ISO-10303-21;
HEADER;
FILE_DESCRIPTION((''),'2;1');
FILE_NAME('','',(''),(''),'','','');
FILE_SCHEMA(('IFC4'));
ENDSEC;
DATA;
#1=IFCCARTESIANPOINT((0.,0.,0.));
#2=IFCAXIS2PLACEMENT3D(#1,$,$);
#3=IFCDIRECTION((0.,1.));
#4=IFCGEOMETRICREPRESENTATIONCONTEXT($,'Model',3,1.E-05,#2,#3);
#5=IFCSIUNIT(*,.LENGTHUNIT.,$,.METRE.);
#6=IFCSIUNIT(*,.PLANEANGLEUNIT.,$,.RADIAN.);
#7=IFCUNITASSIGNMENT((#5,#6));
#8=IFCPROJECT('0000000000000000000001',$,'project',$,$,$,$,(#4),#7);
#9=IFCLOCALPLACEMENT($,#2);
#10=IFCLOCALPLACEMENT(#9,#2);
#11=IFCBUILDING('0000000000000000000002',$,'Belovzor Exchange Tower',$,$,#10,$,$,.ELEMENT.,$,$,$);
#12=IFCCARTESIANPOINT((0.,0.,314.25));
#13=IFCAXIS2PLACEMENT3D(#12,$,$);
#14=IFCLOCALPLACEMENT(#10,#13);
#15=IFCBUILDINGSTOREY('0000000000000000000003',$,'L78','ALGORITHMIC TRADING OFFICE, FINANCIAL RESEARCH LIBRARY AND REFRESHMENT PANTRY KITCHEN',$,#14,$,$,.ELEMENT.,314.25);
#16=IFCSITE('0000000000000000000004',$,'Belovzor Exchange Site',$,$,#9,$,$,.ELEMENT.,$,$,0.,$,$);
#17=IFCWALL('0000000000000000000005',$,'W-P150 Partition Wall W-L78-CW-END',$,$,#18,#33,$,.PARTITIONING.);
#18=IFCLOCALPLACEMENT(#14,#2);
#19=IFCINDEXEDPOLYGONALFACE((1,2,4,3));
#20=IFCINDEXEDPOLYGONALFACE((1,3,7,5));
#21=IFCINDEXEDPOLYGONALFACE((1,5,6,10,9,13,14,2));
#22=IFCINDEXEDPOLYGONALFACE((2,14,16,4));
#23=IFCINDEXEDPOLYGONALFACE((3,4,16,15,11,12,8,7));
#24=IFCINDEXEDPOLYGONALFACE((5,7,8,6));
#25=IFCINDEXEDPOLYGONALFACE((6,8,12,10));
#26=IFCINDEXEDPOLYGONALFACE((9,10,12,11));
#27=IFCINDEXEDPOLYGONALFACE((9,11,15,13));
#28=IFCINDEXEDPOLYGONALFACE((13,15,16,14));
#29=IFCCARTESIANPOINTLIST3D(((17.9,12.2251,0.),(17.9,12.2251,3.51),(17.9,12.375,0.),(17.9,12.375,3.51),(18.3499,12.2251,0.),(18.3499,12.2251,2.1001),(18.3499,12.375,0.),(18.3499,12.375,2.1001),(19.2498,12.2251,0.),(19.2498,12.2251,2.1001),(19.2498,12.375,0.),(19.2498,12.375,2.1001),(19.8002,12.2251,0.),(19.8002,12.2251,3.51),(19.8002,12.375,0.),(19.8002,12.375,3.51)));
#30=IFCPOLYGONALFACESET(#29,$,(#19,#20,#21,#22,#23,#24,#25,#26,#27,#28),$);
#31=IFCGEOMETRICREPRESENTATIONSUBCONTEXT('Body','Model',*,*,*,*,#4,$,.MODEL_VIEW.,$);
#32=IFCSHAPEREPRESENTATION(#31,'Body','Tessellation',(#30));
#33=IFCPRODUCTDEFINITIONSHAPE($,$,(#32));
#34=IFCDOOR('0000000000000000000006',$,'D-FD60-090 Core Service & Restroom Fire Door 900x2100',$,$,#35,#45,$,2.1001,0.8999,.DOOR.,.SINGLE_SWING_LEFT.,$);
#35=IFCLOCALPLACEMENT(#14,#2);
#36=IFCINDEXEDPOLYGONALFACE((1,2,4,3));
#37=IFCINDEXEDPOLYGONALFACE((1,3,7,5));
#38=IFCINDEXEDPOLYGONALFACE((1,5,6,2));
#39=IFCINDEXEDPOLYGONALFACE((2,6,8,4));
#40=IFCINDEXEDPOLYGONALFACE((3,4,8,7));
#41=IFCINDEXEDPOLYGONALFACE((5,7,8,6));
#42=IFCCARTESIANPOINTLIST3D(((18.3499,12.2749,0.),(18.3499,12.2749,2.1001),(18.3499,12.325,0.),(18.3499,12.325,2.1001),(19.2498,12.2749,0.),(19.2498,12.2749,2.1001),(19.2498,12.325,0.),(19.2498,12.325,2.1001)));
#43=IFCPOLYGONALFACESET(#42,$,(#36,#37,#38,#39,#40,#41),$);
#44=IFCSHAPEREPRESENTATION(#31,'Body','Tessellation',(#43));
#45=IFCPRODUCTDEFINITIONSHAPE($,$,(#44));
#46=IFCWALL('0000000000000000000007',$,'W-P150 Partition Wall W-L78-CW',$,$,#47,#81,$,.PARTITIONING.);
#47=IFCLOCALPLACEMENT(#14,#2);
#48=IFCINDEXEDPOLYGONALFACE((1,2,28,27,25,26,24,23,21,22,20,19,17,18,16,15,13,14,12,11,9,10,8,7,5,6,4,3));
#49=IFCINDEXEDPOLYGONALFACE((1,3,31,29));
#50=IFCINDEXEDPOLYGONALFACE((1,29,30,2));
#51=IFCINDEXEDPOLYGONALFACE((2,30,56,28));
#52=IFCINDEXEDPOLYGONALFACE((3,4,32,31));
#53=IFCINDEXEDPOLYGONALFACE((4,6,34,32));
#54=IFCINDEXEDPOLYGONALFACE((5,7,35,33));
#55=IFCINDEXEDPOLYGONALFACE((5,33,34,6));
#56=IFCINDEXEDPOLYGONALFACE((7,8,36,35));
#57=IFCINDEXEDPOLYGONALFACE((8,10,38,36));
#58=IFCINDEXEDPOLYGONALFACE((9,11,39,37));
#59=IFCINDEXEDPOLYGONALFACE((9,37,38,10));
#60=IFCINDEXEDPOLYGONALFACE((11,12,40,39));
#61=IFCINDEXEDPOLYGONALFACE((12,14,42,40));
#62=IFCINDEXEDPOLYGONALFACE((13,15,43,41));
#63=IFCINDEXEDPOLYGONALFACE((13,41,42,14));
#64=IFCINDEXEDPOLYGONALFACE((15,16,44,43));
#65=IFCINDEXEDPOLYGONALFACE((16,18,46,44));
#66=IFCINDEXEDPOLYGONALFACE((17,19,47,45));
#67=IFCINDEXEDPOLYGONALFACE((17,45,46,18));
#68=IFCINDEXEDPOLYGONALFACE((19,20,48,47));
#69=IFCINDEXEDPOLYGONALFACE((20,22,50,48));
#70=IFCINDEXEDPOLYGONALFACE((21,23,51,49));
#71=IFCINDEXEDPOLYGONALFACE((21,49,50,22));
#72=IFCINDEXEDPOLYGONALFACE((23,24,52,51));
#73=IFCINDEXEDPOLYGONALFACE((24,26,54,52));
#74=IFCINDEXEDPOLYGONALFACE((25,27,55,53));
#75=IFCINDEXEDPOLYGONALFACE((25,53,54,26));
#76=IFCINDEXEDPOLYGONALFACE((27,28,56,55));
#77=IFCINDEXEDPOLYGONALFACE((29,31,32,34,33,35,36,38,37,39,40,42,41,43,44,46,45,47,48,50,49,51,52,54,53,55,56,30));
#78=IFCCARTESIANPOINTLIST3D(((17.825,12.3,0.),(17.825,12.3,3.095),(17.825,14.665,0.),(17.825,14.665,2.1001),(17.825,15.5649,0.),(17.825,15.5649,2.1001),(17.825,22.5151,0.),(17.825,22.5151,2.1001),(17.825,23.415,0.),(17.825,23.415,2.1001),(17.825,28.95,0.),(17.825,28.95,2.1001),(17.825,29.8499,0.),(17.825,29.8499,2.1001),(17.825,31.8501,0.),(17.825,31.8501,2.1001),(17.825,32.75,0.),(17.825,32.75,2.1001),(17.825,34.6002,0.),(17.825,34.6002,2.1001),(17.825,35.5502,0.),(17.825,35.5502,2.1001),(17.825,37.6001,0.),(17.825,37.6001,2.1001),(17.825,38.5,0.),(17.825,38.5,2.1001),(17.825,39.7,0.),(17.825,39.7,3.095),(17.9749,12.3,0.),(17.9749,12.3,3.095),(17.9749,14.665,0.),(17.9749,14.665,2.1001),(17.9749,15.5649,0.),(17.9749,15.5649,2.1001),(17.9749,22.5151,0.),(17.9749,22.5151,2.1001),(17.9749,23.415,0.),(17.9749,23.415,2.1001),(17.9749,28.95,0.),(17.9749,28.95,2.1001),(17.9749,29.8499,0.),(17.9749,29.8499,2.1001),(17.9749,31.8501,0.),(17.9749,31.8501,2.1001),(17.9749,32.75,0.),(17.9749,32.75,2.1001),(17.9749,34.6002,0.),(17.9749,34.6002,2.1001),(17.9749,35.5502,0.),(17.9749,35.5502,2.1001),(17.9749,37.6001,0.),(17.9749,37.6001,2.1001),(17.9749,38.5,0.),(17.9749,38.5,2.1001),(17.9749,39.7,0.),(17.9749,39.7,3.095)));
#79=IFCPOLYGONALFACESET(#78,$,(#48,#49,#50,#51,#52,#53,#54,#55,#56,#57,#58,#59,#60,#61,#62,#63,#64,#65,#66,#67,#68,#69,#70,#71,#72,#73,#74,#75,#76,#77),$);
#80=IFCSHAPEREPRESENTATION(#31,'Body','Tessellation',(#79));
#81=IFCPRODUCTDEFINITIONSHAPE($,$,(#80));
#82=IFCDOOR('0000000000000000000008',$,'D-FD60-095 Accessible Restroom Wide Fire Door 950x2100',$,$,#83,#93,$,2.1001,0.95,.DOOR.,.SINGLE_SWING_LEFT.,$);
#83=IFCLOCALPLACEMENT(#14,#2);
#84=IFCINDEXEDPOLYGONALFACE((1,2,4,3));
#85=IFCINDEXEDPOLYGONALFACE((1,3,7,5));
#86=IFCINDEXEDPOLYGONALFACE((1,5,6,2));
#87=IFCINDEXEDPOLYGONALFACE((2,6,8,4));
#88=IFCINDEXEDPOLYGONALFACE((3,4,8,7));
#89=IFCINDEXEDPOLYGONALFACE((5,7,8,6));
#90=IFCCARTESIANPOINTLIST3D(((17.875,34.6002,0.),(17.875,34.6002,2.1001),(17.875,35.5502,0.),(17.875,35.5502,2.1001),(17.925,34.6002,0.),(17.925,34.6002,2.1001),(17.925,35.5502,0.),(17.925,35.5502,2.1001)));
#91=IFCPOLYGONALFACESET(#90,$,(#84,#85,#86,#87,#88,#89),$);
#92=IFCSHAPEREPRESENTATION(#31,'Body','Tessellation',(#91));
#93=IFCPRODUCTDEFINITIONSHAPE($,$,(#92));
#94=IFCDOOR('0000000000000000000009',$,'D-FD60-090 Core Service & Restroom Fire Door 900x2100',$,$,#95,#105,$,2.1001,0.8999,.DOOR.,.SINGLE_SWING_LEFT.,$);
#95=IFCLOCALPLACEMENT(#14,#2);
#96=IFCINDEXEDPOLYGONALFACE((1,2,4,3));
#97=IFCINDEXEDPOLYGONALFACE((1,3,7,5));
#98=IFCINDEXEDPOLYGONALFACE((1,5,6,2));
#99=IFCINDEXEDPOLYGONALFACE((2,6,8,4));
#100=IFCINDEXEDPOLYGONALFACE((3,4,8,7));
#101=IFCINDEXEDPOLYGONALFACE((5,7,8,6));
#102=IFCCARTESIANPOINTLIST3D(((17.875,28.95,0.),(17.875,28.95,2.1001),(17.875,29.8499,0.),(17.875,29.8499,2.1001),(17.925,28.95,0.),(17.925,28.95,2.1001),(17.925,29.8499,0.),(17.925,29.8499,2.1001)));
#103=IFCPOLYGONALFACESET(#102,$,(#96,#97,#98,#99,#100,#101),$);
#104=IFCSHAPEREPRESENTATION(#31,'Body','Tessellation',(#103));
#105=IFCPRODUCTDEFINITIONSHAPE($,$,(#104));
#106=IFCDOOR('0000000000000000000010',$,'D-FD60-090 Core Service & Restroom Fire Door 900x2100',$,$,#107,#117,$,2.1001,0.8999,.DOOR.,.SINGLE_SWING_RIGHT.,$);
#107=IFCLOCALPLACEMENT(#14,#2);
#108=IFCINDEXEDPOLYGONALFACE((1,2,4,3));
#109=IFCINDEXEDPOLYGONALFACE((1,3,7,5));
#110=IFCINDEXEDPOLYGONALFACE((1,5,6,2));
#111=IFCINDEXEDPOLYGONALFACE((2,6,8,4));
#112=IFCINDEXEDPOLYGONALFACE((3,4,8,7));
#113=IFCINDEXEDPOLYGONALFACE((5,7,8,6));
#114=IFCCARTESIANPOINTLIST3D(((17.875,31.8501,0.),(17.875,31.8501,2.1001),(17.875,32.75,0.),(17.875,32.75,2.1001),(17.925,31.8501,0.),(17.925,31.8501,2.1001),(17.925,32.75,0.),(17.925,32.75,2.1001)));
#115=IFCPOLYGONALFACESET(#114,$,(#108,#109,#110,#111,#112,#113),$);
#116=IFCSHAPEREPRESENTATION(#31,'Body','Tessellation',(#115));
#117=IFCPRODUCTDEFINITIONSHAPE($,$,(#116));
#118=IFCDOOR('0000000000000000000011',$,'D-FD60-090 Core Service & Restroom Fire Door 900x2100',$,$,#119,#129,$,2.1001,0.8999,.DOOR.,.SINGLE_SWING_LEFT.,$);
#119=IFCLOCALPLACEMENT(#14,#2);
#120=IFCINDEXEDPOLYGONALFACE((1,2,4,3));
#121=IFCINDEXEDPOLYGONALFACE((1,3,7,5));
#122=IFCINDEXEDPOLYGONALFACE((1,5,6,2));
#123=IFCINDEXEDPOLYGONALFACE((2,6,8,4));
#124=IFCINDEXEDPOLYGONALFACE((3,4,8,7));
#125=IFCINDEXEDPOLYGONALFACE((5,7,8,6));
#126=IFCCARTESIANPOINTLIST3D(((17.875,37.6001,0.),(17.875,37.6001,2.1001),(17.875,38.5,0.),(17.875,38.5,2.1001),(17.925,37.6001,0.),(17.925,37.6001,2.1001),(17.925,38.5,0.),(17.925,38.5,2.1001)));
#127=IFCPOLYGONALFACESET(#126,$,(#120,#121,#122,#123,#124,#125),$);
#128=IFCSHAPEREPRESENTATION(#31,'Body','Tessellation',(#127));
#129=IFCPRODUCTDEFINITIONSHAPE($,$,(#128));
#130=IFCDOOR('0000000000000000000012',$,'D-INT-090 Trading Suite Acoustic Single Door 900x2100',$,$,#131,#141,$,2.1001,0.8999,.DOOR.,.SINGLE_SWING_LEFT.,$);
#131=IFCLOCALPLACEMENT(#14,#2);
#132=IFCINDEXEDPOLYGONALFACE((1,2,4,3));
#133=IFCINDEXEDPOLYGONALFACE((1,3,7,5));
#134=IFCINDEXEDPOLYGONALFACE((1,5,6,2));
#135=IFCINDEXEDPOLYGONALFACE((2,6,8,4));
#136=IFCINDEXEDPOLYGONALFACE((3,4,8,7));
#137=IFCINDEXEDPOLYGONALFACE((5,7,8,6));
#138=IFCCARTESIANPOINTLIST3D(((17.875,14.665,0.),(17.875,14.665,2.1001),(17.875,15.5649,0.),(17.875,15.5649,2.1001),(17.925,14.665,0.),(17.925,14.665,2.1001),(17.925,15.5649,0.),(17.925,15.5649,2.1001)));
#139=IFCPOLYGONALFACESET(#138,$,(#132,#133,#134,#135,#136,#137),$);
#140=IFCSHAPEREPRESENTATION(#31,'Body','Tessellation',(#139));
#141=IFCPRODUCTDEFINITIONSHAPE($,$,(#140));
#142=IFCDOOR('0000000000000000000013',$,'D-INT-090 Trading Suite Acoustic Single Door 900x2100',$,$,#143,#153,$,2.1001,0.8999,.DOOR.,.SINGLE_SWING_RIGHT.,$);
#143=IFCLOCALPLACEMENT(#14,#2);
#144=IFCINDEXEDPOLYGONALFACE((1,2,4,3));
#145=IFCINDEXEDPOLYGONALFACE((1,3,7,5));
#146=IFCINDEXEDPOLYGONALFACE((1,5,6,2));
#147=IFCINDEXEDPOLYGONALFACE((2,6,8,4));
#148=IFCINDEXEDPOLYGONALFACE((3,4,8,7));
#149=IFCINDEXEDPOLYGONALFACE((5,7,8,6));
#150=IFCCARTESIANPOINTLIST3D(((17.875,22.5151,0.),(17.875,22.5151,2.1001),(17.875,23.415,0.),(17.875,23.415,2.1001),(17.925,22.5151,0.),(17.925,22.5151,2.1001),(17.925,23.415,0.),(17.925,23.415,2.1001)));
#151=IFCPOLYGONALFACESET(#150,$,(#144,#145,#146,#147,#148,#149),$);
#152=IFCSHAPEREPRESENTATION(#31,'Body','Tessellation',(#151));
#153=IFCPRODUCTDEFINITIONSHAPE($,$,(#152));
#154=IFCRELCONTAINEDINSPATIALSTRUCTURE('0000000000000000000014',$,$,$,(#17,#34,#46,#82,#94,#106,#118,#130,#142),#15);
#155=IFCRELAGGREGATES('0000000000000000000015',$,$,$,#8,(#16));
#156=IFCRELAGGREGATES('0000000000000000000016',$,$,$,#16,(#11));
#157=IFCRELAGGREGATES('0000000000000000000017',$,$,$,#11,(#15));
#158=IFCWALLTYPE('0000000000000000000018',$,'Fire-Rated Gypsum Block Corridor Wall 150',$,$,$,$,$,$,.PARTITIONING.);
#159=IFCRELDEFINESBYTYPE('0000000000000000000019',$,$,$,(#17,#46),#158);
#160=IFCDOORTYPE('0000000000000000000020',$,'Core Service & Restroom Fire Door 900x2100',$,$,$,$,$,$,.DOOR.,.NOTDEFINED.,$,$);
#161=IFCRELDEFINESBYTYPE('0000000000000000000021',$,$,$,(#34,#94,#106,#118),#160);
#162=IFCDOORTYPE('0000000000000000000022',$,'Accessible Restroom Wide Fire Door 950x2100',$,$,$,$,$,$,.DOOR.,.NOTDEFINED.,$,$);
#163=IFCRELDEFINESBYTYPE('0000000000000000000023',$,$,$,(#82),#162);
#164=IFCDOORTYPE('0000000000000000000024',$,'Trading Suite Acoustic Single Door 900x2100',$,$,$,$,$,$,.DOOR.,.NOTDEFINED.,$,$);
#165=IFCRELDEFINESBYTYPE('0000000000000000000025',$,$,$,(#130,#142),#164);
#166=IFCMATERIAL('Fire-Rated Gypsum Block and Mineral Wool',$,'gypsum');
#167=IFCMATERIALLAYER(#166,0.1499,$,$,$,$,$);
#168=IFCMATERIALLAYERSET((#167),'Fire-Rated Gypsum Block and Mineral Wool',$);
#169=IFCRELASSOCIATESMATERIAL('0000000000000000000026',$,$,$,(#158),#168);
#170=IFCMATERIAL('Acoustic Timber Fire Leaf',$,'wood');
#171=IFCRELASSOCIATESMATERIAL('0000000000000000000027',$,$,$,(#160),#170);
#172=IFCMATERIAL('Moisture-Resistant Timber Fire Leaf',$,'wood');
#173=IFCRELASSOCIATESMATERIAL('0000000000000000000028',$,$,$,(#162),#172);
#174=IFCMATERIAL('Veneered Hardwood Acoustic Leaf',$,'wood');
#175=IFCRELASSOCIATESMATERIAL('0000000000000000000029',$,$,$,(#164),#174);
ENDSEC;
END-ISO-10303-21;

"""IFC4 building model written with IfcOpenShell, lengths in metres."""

from ifc_helpers import new_model, si_unit, direction, frame, frame_2d, origin, place, context, subcontext, project, spatial, rectangle, extrude, material, layer, layer_set, type_object, element, fill, save


model = new_model("IFC4")

# Units and contexts
model_context = context("Model", 3, precision=1e-05, world=origin(), true_north=direction((0.0, 1.0)))
body_context = subcontext(model_context, "Body", "Model", "MODEL_VIEW")
ifc_project = project(units=[si_unit("LENGTHUNIT", "METRE"), si_unit("PLANEANGLEUNIT", "RADIAN")], contexts=[model_context])

# Site, building, storey
site_placement = place(None, origin())
site = spatial("IfcSite", under=ifc_project, at=site_placement, Name="Belovzor Exchange Site", CompositionType="ELEMENT", RefElevation=0.0)
building_placement = place(site_placement, origin())
building = spatial("IfcBuilding", under=site, at=building_placement, Name="Belovzor Exchange Tower", CompositionType="ELEMENT")
storey_placement = place(building_placement, frame((0.0, 0.0, 314.25)))
storey = spatial("IfcBuildingStorey", under=building, at=storey_placement, Name="L78", Description="ALGORITHMIC TRADING OFFICE, FINANCIAL RESEARCH LIBRARY AND REFRESHMENT PANTRY KITCHEN", CompositionType="ELEMENT", Elevation=314.25)

# Wall, opening, door
ifc_material_1 = material(Name="Fire-Rated Gypsum Block and Mineral Wool", Category="gypsum")
ifc_layer_1 = layer(ifc_material_1, 0.1499)
ifc_layer_set_1 = layer_set([ifc_layer_1], Name="Fire-Rated Gypsum Block and Mineral Wool")
wall_type_1 = type_object("IfcWallType", Name="Fire-Rated Gypsum Block Corridor Wall 150", PredefinedType="PARTITIONING", material=ifc_layer_set_1)
wall_1_placement = place(storey_placement, frame((17.8999, 12.3, 0.0), z_axis=(0.0, 0.0, 1.0), x_axis=(1.0, 0.0, 0.0)))
wall_1 = element("IfcWall", 1, at=wall_1_placement, inside=storey, type_object=wall_type_1, Name="W-P150 Partition Wall W-L78-CW-END", PredefinedType="PARTITIONING", context=body_context, shape_type="SweptSolid", body=[
    extrude(rectangle(XDim=1.9001, YDim=0.1499, at=frame_2d((0.9502, 0.0))), origin(), (0.0, 0.0, 1.0), 3.51),
])
opening_1_placement = place(wall_1_placement, frame((0.45, 0.0, 0.0)))
opening_1 = element("IfcOpeningElement", 2, at=opening_1_placement, cuts=wall_1, PredefinedType="OPENING", context=body_context, shape_type="SweptSolid", body=[
    extrude(rectangle(XDim=0.8999, YDim=2.1001, at=frame_2d((0.45, 1.05))), frame((0.0, 0.085, 0.0), z_axis=(0.0, -1.0, 0.0), x_axis=(1.0, 0.0, 0.0)), (0.0, 0.0, 1.0), 0.1699),
])
ifc_material_2 = material(Name="Acoustic Timber Fire Leaf", Category="wood")
door_type_1 = type_object("IfcDoorType", Name="Core Service & Restroom Fire Door 900x2100", OperationType="NOTDEFINED", PredefinedType="DOOR", material=ifc_material_2)
door_1_placement = place(opening_1_placement, origin())
door_1 = element("IfcDoor", 3, at=door_1_placement, inside=storey, type_object=door_type_1, Name="D-FD60-090 Core Service & Restroom Fire Door 900x2100", OperationType="SINGLE_SWING_LEFT", OverallHeight=2.1001, OverallWidth=0.8999, PredefinedType="DOOR", context=body_context, shape_type="SweptSolid", body=[
    extrude(rectangle(XDim=0.8999, YDim=2.1001, at=frame_2d((0.45, 1.05))), frame((0.0, 0.0249, 0.0), z_axis=(0.0, -1.0, 0.0), x_axis=(1.0, 0.0, 0.0)), (0.0, 0.0, 1.0), 0.05),
])
fill(opening_1, door_1)

# Wall, openings, doors
wall_2_placement = place(storey_placement, frame((17.8999, 12.3, 0.0), z_axis=(0.0, 0.0, 1.0), x_axis=(0.0, 1.0, 0.0)))
wall_2 = element("IfcWall", 4, at=wall_2_placement, inside=storey, type_object=wall_type_1, Name="W-P150 Partition Wall W-L78-CW", PredefinedType="PARTITIONING", context=body_context, shape_type="SweptSolid", body=[
    extrude(rectangle(XDim=27.3999, YDim=0.1499, at=frame_2d((13.7, 0.0))), origin(), (0.0, 0.0, 1.0), 3.095),
])
opening_2_placement = place(wall_2_placement, frame((2.365, 0.0, 0.0)))
opening_2 = element("IfcOpeningElement", 5, at=opening_2_placement, cuts=wall_2, PredefinedType="OPENING", context=body_context, shape_type="SweptSolid", body=[
    extrude(rectangle(XDim=0.8999, YDim=2.1001, at=frame_2d((0.45, 1.05))), frame((0.0, 0.085, 0.0), z_axis=(0.0, -1.0, 0.0), x_axis=(1.0, 0.0, 0.0)), (0.0, 0.0, 1.0), 0.1699),
])
opening_3_placement = place(wall_2_placement, frame((10.2151, 0.0, 0.0)))
opening_3 = element("IfcOpeningElement", 6, at=opening_3_placement, cuts=wall_2, PredefinedType="OPENING", context=body_context, shape_type="SweptSolid", body=[
    extrude(rectangle(XDim=0.8999, YDim=2.1001, at=frame_2d((0.45, 1.05))), frame((0.0, 0.085, 0.0), z_axis=(0.0, -1.0, 0.0), x_axis=(1.0, 0.0, 0.0)), (0.0, 0.0, 1.0), 0.1699),
])
opening_4_placement = place(wall_2_placement, frame((16.6499, 0.0, 0.0)))
opening_4 = element("IfcOpeningElement", 7, at=opening_4_placement, cuts=wall_2, PredefinedType="OPENING", context=body_context, shape_type="SweptSolid", body=[
    extrude(rectangle(XDim=0.8999, YDim=2.1001, at=frame_2d((0.45, 1.05))), frame((0.0, 0.085, 0.0), z_axis=(0.0, -1.0, 0.0), x_axis=(1.0, 0.0, 0.0)), (0.0, 0.0, 1.0), 0.1699),
])
opening_5_placement = place(wall_2_placement, frame((19.55, 0.0, 0.0)))
opening_5 = element("IfcOpeningElement", 8, at=opening_5_placement, cuts=wall_2, PredefinedType="OPENING", context=body_context, shape_type="SweptSolid", body=[
    extrude(rectangle(XDim=0.8999, YDim=2.1001, at=frame_2d((0.45, 1.05))), frame((0.0, 0.085, 0.0), z_axis=(0.0, -1.0, 0.0), x_axis=(1.0, 0.0, 0.0)), (0.0, 0.0, 1.0), 0.1699),
])
opening_6_placement = place(wall_2_placement, frame((22.3, 0.0, 0.0)))
opening_6 = element("IfcOpeningElement", 9, at=opening_6_placement, cuts=wall_2, PredefinedType="OPENING", context=body_context, shape_type="SweptSolid", body=[
    extrude(rectangle(XDim=0.95, YDim=2.1001, at=frame_2d((0.4751, 1.05))), frame((0.0, 0.085, 0.0), z_axis=(0.0, -1.0, 0.0), x_axis=(1.0, 0.0, 0.0)), (0.0, 0.0, 1.0), 0.1699),
])
opening_7_placement = place(wall_2_placement, frame((25.3, 0.0, 0.0)))
opening_7 = element("IfcOpeningElement", 10, at=opening_7_placement, cuts=wall_2, PredefinedType="OPENING", context=body_context, shape_type="SweptSolid", body=[
    extrude(rectangle(XDim=0.8999, YDim=2.1001, at=frame_2d((0.45, 1.05))), frame((0.0, 0.085, 0.0), z_axis=(0.0, -1.0, 0.0), x_axis=(1.0, 0.0, 0.0)), (0.0, 0.0, 1.0), 0.1699),
])
ifc_material_3 = material(Name="Moisture-Resistant Timber Fire Leaf", Category="wood")
door_type_2 = type_object("IfcDoorType", Name="Accessible Restroom Wide Fire Door 950x2100", OperationType="NOTDEFINED", PredefinedType="DOOR", material=ifc_material_3)
door_2_placement = place(opening_6_placement, origin())
door_2 = element("IfcDoor", 11, at=door_2_placement, inside=storey, type_object=door_type_2, Name="D-FD60-095 Accessible Restroom Wide Fire Door 950x2100", OperationType="SINGLE_SWING_LEFT", OverallHeight=2.1001, OverallWidth=0.95, PredefinedType="DOOR", context=body_context, shape_type="SweptSolid", body=[
    extrude(rectangle(XDim=0.95, YDim=2.1001, at=frame_2d((0.4751, 1.05))), frame((0.0, 0.0249, 0.0), z_axis=(0.0, -1.0, 0.0), x_axis=(1.0, 0.0, 0.0)), (0.0, 0.0, 1.0), 0.05),
])
fill(opening_6, door_2)
door_3_placement = place(opening_4_placement, origin())
door_3 = element("IfcDoor", 12, at=door_3_placement, inside=storey, type_object=door_type_1, Name="D-FD60-090 Core Service & Restroom Fire Door 900x2100", OperationType="SINGLE_SWING_LEFT", OverallHeight=2.1001, OverallWidth=0.8999, PredefinedType="DOOR", context=body_context, shape_type="SweptSolid", body=[
    extrude(rectangle(XDim=0.8999, YDim=2.1001, at=frame_2d((0.45, 1.05))), frame((0.0, 0.0249, 0.0), z_axis=(0.0, -1.0, 0.0), x_axis=(1.0, 0.0, 0.0)), (0.0, 0.0, 1.0), 0.05),
])
fill(opening_4, door_3)
door_4_placement = place(opening_5_placement, origin())
door_4 = element("IfcDoor", 13, at=door_4_placement, inside=storey, type_object=door_type_1, Name="D-FD60-090 Core Service & Restroom Fire Door 900x2100", OperationType="SINGLE_SWING_RIGHT", OverallHeight=2.1001, OverallWidth=0.8999, PredefinedType="DOOR", context=body_context, shape_type="SweptSolid", body=[
    extrude(rectangle(XDim=0.8999, YDim=2.1001, at=frame_2d((0.45, 1.05))), frame((0.0, 0.0249, 0.0), z_axis=(0.0, -1.0, 0.0), x_axis=(1.0, 0.0, 0.0)), (0.0, 0.0, 1.0), 0.05),
])
fill(opening_5, door_4)
door_5_placement = place(opening_7_placement, origin())
door_5 = element("IfcDoor", 14, at=door_5_placement, inside=storey, type_object=door_type_1, Name="D-FD60-090 Core Service & Restroom Fire Door 900x2100", OperationType="SINGLE_SWING_LEFT", OverallHeight=2.1001, OverallWidth=0.8999, PredefinedType="DOOR", context=body_context, shape_type="SweptSolid", body=[
    extrude(rectangle(XDim=0.8999, YDim=2.1001, at=frame_2d((0.45, 1.05))), frame((0.0, 0.0249, 0.0), z_axis=(0.0, -1.0, 0.0), x_axis=(1.0, 0.0, 0.0)), (0.0, 0.0, 1.0), 0.05),
])
fill(opening_7, door_5)
ifc_material_4 = material(Name="Veneered Hardwood Acoustic Leaf", Category="wood")
door_type_3 = type_object("IfcDoorType", Name="Trading Suite Acoustic Single Door 900x2100", OperationType="NOTDEFINED", PredefinedType="DOOR", material=ifc_material_4)
door_6_placement = place(opening_2_placement, origin())
door_6 = element("IfcDoor", 15, at=door_6_placement, inside=storey, type_object=door_type_3, Name="D-INT-090 Trading Suite Acoustic Single Door 900x2100", OperationType="SINGLE_SWING_LEFT", OverallHeight=2.1001, OverallWidth=0.8999, PredefinedType="DOOR", context=body_context, shape_type="SweptSolid", body=[
    extrude(rectangle(XDim=0.8999, YDim=2.1001, at=frame_2d((0.45, 1.05))), frame((0.0, 0.0249, 0.0), z_axis=(0.0, -1.0, 0.0), x_axis=(1.0, 0.0, 0.0)), (0.0, 0.0, 1.0), 0.05),
])
fill(opening_2, door_6)
door_7_placement = place(opening_3_placement, origin())
door_7 = element("IfcDoor", 16, at=door_7_placement, inside=storey, type_object=door_type_3, Name="D-INT-090 Trading Suite Acoustic Single Door 900x2100", OperationType="SINGLE_SWING_RIGHT", OverallHeight=2.1001, OverallWidth=0.8999, PredefinedType="DOOR", context=body_context, shape_type="SweptSolid", body=[
    extrude(rectangle(XDim=0.8999, YDim=2.1001, at=frame_2d((0.45, 1.05))), frame((0.0, 0.0249, 0.0), z_axis=(0.0, -1.0, 0.0), x_axis=(1.0, 0.0, 0.0)), (0.0, 0.0, 1.0), 0.05),
])
fill(opening_3, door_7)

save(model, "model.ifc")
